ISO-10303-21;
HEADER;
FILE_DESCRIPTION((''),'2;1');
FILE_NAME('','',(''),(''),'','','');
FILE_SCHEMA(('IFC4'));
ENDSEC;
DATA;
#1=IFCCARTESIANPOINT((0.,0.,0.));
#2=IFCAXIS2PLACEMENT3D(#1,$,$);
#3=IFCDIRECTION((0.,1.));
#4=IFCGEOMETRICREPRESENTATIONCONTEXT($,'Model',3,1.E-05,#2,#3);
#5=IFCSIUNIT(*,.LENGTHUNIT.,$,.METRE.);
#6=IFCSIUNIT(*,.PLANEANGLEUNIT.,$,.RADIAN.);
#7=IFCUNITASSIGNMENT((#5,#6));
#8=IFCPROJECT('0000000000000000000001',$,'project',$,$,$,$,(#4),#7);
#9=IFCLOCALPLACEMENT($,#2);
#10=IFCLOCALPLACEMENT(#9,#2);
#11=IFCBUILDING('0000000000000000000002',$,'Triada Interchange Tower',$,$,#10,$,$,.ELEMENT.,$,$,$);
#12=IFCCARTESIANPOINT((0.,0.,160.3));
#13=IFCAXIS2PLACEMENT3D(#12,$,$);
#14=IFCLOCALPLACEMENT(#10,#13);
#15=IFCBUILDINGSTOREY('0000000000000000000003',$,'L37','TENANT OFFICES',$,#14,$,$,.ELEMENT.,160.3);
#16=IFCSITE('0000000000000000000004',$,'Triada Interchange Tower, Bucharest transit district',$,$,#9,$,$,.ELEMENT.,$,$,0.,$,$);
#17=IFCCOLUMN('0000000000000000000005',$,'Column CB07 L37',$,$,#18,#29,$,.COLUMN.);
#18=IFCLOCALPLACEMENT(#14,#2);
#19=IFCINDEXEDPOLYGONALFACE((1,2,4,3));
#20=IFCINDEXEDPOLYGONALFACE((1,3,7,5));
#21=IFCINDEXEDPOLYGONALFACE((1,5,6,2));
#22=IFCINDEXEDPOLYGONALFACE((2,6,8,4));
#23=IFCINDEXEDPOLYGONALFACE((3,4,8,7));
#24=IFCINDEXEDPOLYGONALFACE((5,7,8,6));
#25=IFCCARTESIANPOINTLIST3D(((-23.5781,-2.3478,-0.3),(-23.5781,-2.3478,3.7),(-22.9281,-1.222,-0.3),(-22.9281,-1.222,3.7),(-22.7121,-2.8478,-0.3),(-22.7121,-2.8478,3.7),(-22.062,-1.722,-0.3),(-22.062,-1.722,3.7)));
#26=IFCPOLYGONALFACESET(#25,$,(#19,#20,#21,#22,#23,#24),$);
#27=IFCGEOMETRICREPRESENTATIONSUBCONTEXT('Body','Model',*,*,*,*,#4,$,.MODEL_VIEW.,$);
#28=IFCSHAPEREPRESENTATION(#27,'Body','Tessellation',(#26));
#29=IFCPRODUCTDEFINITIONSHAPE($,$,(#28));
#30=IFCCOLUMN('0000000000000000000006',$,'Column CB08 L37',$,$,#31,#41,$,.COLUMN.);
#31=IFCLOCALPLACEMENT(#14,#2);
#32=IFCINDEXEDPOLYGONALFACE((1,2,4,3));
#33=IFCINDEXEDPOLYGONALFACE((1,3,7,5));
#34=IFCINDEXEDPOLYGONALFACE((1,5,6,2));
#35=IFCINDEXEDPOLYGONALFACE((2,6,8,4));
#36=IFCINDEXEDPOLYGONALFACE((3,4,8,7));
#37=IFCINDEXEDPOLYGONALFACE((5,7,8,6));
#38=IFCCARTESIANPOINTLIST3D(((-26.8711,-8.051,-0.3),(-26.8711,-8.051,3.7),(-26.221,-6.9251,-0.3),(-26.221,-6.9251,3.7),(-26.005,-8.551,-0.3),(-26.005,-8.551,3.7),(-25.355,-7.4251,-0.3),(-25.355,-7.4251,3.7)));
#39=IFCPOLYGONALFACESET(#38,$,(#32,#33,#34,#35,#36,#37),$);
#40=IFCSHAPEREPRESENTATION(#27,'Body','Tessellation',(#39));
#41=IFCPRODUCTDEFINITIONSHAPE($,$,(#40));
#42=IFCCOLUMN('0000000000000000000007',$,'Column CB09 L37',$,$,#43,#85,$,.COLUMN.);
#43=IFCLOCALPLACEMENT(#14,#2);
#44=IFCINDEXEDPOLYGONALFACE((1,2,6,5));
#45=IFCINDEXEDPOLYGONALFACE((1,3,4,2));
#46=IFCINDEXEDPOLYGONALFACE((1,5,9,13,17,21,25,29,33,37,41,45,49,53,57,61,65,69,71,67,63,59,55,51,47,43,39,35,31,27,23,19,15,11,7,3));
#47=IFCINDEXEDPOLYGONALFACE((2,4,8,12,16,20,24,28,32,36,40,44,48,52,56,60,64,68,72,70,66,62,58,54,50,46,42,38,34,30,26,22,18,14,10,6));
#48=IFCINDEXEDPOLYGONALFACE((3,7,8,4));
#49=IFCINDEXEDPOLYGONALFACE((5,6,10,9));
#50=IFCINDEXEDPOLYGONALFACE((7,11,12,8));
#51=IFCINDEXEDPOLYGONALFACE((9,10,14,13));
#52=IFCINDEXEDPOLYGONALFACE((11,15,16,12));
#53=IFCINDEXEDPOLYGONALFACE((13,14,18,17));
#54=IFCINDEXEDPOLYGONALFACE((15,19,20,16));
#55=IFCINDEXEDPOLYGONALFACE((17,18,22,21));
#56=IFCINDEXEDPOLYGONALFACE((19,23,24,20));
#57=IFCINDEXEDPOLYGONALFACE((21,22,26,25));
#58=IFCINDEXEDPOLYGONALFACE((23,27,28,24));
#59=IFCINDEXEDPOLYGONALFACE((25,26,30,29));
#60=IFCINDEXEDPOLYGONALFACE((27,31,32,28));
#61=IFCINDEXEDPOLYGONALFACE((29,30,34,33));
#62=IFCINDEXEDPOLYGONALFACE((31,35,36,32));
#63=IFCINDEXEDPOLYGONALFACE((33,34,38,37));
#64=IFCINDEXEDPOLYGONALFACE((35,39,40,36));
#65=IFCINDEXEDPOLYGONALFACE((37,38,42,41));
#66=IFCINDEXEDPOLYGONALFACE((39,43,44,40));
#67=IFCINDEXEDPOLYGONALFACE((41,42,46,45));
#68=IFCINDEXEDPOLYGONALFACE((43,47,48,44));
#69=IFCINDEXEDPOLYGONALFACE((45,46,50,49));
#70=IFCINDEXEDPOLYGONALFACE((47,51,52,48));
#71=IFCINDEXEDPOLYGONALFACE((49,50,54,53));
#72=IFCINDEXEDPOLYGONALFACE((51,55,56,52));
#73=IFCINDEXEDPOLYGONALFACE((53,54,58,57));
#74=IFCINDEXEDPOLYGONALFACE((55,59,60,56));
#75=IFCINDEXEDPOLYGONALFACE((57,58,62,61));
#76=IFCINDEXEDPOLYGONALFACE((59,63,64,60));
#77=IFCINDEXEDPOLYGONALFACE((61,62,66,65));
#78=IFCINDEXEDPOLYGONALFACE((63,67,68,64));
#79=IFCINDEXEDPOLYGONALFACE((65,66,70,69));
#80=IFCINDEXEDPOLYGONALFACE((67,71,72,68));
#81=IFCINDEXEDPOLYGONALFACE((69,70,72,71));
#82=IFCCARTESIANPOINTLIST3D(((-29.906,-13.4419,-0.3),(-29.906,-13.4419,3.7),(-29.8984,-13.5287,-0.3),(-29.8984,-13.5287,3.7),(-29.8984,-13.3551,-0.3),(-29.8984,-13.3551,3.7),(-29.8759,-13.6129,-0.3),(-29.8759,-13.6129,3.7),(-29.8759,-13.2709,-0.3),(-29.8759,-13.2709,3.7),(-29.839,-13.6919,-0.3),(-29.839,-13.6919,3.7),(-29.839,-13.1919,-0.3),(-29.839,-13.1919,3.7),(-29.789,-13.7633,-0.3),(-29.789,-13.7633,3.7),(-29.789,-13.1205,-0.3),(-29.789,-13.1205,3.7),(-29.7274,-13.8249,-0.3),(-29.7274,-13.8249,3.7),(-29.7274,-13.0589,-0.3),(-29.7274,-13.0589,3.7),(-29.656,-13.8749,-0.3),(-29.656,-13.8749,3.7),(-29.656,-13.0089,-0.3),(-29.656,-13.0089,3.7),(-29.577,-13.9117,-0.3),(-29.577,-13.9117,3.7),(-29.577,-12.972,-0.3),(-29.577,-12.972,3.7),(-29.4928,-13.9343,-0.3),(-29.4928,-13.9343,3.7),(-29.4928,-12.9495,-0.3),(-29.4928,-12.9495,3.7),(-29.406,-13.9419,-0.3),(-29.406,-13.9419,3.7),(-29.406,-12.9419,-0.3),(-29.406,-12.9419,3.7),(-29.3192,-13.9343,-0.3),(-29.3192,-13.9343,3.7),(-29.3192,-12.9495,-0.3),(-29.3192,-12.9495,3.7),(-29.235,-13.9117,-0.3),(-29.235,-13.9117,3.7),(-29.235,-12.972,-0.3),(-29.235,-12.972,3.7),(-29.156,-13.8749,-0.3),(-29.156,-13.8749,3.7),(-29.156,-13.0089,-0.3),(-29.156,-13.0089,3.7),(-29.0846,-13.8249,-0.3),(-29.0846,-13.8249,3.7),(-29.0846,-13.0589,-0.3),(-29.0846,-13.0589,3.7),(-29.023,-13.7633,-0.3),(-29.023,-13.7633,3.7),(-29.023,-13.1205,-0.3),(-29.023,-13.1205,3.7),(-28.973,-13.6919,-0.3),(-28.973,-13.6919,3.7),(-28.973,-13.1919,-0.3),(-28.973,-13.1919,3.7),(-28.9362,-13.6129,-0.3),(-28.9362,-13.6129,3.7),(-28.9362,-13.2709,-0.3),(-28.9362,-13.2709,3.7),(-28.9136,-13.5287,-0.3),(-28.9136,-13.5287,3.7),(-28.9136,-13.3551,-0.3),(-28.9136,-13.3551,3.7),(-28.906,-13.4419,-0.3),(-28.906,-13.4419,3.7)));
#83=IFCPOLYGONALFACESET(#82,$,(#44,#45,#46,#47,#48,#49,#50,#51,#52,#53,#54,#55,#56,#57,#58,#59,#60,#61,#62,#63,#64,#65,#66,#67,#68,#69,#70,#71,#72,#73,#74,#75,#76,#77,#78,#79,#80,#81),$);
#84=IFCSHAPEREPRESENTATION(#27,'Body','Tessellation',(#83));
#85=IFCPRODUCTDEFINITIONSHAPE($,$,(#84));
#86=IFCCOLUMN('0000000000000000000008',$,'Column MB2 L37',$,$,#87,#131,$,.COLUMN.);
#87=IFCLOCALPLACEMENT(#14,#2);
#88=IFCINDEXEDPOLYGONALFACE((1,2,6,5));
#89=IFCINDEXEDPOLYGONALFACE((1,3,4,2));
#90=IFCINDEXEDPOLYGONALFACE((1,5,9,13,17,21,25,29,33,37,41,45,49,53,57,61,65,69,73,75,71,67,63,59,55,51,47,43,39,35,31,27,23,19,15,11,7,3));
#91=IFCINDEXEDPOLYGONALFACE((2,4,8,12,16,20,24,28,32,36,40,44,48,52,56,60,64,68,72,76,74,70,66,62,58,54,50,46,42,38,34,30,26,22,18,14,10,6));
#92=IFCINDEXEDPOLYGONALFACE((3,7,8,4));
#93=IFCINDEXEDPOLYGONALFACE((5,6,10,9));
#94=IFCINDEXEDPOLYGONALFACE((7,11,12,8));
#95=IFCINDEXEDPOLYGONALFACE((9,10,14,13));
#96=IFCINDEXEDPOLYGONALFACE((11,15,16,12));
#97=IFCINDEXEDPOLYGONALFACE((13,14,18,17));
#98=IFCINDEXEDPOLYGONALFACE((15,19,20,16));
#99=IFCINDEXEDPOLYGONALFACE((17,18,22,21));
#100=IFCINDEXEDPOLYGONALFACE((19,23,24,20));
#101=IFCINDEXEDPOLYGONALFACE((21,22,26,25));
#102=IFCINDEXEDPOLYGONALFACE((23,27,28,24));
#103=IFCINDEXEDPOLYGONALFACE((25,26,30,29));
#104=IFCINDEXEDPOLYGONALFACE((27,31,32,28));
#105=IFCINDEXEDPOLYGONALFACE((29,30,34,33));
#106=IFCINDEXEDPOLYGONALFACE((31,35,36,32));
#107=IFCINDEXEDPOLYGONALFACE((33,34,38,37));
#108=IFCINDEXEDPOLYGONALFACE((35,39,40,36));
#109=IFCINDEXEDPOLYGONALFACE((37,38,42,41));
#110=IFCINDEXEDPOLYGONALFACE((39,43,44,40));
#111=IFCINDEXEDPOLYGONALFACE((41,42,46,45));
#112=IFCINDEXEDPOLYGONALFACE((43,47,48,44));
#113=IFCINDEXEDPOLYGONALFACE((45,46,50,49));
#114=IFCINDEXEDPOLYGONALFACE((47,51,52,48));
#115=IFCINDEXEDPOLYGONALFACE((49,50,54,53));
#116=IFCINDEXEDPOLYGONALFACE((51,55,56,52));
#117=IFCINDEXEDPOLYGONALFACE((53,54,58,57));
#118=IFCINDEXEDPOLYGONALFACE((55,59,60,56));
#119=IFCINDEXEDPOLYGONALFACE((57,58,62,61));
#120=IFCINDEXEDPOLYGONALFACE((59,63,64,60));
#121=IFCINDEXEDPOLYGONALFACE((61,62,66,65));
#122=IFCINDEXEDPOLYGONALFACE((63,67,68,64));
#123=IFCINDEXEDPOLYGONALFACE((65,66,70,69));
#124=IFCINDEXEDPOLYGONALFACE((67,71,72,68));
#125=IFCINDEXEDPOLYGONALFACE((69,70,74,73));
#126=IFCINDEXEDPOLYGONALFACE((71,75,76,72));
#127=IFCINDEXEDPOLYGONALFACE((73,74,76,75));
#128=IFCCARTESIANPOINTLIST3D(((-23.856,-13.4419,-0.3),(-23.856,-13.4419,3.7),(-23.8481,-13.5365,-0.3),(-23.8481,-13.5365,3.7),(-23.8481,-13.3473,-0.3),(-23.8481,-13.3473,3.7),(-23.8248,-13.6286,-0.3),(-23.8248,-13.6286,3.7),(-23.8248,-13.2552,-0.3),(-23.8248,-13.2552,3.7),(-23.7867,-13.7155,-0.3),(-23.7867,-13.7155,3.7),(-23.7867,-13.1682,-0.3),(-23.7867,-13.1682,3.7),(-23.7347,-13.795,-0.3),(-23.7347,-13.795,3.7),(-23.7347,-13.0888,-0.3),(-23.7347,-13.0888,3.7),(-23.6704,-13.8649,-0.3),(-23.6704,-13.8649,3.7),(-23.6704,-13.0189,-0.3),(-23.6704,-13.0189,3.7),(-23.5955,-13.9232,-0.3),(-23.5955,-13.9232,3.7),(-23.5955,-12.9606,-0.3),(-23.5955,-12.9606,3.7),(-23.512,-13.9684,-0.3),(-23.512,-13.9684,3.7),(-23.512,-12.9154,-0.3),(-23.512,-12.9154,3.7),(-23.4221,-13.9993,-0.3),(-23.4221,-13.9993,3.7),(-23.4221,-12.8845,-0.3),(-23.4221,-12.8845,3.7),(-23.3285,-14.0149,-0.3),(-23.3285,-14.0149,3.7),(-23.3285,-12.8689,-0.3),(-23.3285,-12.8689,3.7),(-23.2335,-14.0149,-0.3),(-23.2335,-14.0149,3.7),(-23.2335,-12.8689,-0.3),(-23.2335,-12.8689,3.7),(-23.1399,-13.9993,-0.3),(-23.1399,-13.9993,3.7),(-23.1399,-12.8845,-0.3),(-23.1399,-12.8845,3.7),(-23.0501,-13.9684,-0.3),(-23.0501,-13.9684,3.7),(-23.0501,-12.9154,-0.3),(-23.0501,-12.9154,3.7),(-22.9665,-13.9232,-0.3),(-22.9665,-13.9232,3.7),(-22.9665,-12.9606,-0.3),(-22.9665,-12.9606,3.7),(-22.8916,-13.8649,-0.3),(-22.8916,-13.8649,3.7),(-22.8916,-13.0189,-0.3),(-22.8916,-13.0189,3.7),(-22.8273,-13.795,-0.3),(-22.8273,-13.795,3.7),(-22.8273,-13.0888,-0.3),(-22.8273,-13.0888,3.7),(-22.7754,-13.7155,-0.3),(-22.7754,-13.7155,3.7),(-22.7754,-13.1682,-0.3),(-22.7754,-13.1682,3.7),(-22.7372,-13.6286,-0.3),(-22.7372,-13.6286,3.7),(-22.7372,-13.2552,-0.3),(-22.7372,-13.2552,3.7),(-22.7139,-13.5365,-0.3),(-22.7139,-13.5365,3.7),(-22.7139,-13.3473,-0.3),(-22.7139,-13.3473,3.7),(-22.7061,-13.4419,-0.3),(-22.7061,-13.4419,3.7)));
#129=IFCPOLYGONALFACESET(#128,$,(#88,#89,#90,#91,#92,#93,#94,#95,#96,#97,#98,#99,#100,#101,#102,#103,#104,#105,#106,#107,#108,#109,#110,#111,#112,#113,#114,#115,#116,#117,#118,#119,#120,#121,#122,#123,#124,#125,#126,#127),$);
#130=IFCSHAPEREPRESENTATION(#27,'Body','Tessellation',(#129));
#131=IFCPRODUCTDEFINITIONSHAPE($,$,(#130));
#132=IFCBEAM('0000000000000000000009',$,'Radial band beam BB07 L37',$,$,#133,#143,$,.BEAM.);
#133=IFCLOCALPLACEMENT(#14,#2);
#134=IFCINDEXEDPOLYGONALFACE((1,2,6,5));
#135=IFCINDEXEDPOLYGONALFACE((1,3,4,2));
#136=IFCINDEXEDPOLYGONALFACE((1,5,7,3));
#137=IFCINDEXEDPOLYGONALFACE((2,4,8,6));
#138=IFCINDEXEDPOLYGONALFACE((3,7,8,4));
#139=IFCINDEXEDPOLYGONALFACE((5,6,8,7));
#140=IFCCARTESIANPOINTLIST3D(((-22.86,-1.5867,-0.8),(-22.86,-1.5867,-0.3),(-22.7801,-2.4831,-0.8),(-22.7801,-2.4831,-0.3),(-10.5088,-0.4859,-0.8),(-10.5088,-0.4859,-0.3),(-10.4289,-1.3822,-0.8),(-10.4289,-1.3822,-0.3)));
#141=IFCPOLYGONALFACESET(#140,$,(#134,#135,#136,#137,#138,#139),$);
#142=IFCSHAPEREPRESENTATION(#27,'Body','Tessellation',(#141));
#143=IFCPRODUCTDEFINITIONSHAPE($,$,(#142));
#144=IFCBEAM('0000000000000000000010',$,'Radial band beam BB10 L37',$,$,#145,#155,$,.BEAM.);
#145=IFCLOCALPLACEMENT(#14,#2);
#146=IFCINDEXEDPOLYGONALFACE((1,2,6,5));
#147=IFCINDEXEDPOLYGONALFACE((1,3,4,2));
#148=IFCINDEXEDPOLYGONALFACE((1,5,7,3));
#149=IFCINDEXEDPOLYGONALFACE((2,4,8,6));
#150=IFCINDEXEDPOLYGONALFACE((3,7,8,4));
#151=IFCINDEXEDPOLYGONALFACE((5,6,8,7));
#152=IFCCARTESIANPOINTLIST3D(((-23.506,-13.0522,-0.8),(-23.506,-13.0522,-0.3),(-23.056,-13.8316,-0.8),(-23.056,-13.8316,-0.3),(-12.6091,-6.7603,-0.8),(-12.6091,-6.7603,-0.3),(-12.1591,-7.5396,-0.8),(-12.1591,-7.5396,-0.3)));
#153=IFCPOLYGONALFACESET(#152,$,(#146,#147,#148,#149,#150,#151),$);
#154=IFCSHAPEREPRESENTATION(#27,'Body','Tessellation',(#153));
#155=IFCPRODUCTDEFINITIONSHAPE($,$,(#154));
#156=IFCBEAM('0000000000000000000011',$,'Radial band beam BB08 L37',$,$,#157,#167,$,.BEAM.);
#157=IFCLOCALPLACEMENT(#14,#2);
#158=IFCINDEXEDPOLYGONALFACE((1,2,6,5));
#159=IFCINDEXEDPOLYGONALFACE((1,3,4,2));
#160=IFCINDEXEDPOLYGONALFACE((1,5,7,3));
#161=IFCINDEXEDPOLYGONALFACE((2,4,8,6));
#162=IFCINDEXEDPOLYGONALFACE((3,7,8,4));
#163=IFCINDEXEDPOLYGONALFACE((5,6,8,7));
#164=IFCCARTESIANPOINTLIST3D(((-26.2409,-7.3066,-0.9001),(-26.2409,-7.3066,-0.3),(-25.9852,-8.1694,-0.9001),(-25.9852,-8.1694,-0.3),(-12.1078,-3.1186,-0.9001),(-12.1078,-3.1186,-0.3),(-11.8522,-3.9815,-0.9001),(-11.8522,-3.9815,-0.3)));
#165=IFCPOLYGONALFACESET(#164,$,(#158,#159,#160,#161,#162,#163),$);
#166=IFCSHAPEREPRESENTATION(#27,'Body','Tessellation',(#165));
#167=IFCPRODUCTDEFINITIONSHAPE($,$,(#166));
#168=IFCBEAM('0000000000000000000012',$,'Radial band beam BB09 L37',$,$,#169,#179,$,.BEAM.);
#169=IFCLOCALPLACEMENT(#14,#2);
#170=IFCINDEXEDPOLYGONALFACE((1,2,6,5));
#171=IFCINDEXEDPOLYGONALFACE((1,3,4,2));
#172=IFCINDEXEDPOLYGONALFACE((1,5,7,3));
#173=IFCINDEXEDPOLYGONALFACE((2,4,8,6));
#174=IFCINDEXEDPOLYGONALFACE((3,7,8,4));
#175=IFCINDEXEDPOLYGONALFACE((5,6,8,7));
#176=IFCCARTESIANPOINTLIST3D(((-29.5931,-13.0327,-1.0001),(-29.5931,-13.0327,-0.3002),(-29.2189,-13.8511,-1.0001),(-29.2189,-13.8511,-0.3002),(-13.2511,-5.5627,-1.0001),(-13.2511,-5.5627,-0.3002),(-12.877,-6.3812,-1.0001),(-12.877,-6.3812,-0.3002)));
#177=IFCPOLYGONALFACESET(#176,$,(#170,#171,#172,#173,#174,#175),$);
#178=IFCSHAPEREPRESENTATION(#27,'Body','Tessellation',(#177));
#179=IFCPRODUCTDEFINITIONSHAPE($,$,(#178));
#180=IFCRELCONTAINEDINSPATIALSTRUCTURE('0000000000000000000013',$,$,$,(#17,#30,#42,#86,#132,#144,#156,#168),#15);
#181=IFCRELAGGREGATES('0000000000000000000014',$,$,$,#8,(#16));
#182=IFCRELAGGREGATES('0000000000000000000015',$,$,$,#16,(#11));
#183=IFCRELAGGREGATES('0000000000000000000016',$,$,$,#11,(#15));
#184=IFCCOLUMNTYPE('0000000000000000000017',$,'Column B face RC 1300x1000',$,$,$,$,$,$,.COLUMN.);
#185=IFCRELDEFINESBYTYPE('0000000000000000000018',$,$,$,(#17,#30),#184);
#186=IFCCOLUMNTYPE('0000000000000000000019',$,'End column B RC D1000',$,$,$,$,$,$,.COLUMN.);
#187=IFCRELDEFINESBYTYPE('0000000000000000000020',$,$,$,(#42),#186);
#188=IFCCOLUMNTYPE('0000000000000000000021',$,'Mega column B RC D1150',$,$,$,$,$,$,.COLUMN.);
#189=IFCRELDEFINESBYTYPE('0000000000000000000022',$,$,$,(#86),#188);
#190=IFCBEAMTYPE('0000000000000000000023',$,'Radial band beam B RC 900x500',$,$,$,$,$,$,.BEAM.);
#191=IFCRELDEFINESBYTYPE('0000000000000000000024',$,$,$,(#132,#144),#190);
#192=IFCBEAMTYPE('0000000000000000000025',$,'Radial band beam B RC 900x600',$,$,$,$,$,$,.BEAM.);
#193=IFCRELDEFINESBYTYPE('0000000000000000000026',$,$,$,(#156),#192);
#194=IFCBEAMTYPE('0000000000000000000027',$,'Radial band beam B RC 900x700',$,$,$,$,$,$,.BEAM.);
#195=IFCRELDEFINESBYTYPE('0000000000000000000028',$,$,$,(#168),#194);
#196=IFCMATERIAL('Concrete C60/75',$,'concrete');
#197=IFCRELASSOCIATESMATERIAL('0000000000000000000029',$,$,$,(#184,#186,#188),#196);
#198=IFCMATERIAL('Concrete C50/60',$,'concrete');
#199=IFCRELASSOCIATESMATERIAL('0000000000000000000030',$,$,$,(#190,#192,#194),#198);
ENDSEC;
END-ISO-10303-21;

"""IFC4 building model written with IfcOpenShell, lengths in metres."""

from ifc_helpers import new_model, si_unit, direction, frame, origin, origin_2d, place, context, subcontext, project, spatial, rectangle, circle, extrude, material, material_profile, profile_set, type_object, element, save


model = new_model("IFC4")

# Units and contexts
model_context = context("Model", 3, precision=1e-05, world=origin(), true_north=direction((0.0, 1.0)))
body_context = subcontext(model_context, "Body", "Model", "MODEL_VIEW")
ifc_project = project(units=[si_unit("LENGTHUNIT", "METRE"), si_unit("PLANEANGLEUNIT", "RADIAN")], contexts=[model_context])

# Site, building, storey
site_placement = place(None, origin())
site = spatial("IfcSite", under=ifc_project, at=site_placement, Name="Triada Interchange Tower, Bucharest transit district", CompositionType="ELEMENT", RefElevation=0.0)
building_placement = place(site_placement, origin())
building = spatial("IfcBuilding", under=site, at=building_placement, Name="Triada Interchange Tower", CompositionType="ELEMENT")
storey_placement = place(building_placement, frame((0.0, 0.0, 160.3)))
storey = spatial("IfcBuildingStorey", under=building, at=storey_placement, Name="L37", Description="TENANT OFFICES", CompositionType="ELEMENT", Elevation=160.3)

# Columns
ifc_material_1 = material(Name="Concrete C60/75", Category="concrete")
ifc_material_profile_1 = material_profile(ifc_material_1, rectangle(XDim=1.3, YDim=1.0, at=origin_2d()), Name="RC 1300x1000")
ifc_profile_set_1 = profile_set([ifc_material_profile_1], Name="Concrete C60/75")
column_type_1 = type_object("IfcColumnType", Name="Column B face RC 1300x1000", PredefinedType="COLUMN", material=ifc_profile_set_1)
for number, where, z_axis, x_axis, name in (
    (1, (-22.8201, -2.0349, -0.3), (0.0, 0.0, 1.0), (0.5, 0.866025, 0.0), "Column CB07 L37"),
    (2, (-26.113, -7.738, -0.3), (0.0, 0.0, 1.0), (0.5, 0.866025, 0.0), "Column CB08 L37"),
):
    element("IfcColumn", number, at=place(storey_placement, frame(where, z_axis=z_axis, x_axis=x_axis)), inside=storey, type_object=column_type_1, Name=name, PredefinedType="COLUMN", context=body_context, shape_type="SweptSolid", body=[
        extrude(rectangle(XDim=1.3, YDim=1.0, at=origin_2d()), origin(), (0.0, 0.0, 1.0), 4.0),
    ])
ifc_material_profile_2 = material_profile(ifc_material_1, circle(Radius=0.5, at=origin_2d()), Name="RC D1000")
ifc_profile_set_2 = profile_set([ifc_material_profile_2], Name="Concrete C60/75")
column_type_2 = type_object("IfcColumnType", Name="End column B RC D1000", PredefinedType="COLUMN", material=ifc_profile_set_2)
column_1_placement = place(storey_placement, frame((-29.406, -13.4419, -0.3), z_axis=(0.0, 0.0, 1.0), x_axis=(0.5, 0.866025, 0.0)))
element("IfcColumn", 3, at=column_1_placement, inside=storey, type_object=column_type_2, Name="Column CB09 L37", PredefinedType="COLUMN", context=body_context, shape_type="SweptSolid", body=[
    extrude(circle(Radius=0.5, at=origin_2d()), origin(), (0.0, 0.0, 1.0), 4.0),
])
ifc_material_profile_3 = material_profile(ifc_material_1, circle(Radius=0.575, at=origin_2d()), Name="RC D1150")
ifc_profile_set_3 = profile_set([ifc_material_profile_3], Name="Concrete C60/75")
column_type_3 = type_object("IfcColumnType", Name="Mega column B RC D1150", PredefinedType="COLUMN", material=ifc_profile_set_3)
column_2_placement = place(storey_placement, frame((-23.281, -13.4419, -0.3), z_axis=(0.0, 0.0, 1.0), x_axis=(1.0, 0.0, 0.0)))
element("IfcColumn", 4, at=column_2_placement, inside=storey, type_object=column_type_3, Name="Column MB2 L37", PredefinedType="COLUMN", context=body_context, shape_type="SweptSolid", body=[
    extrude(circle(Radius=0.575, at=origin_2d()), origin(), (0.0, 0.0, 1.0), 4.0),
])

# Beams
ifc_material_2 = material(Name="Concrete C50/60", Category="concrete")
ifc_material_profile_4 = material_profile(ifc_material_2, rectangle(XDim=0.8999, YDim=0.5, at=origin_2d()), Name="RC 900x500")
ifc_profile_set_4 = profile_set([ifc_material_profile_4], Name="Concrete C50/60")
beam_type_1 = type_object("IfcBeamType", Name="Radial band beam B RC 900x500", PredefinedType="BEAM", material=ifc_profile_set_4)
beam_1_placement = place(storey_placement, frame((-22.8201, -2.0349, -0.55), z_axis=(0.996052, 0.088776, 0.0), x_axis=(-0.088776, 0.996052, 0.0)))
element("IfcBeam", 5, at=beam_1_placement, inside=storey, type_object=beam_type_1, Name="Radial band beam BB07 L37", PredefinedType="BEAM", context=body_context, shape_type="SweptSolid", body=[
    extrude(rectangle(XDim=0.8999, YDim=0.5, at=origin_2d()), origin(), (0.0, 0.0, 1.0), 12.4001),
])
beam_2_placement = place(storey_placement, frame((-23.281, -13.4419, -0.55), z_axis=(0.866004, 0.500037, 0.0), x_axis=(-0.500037, 0.866004, 0.0)))
element("IfcBeam", 6, at=beam_2_placement, inside=storey, type_object=beam_type_1, Name="Radial band beam BB10 L37", PredefinedType="BEAM", context=body_context, shape_type="SweptSolid", body=[
    extrude(rectangle(XDim=0.8999, YDim=0.5, at=origin_2d()), origin(), (0.0, 0.0, 1.0), 12.583),
])
ifc_material_profile_5 = material_profile(ifc_material_2, rectangle(XDim=0.8999, YDim=0.6001, at=origin_2d()), Name="RC 900x600")
ifc_profile_set_5 = profile_set([ifc_material_profile_5], Name="Concrete C50/60")
beam_type_2 = type_object("IfcBeamType", Name="Radial band beam B RC 900x600", PredefinedType="BEAM", material=ifc_profile_set_5)
beam_3_placement = place(storey_placement, frame((-26.113, -7.738, -0.6001), z_axis=(0.95879, 0.284114, 0.0), x_axis=(-0.284114, 0.95879, 0.0)))
element("IfcBeam", 7, at=beam_3_placement, inside=storey, type_object=beam_type_2, Name="Radial band beam BB08 L37", PredefinedType="BEAM", context=body_context, shape_type="SweptSolid", body=[
    extrude(rectangle(XDim=0.8999, YDim=0.6001, at=origin_2d()), origin(), (0.0, 0.0, 1.0), 14.7405),
])
ifc_material_profile_6 = material_profile(ifc_material_2, rectangle(XDim=0.8999, YDim=0.7, at=origin_2d()), Name="RC 900x700")
ifc_profile_set_6 = profile_set([ifc_material_profile_6], Name="Concrete C50/60")
beam_type_3 = type_object("IfcBeamType", Name="Radial band beam B RC 900x700", PredefinedType="BEAM", material=ifc_profile_set_6)
beam_4_placement = place(storey_placement, frame((-29.406, -13.4419, -0.6501), z_axis=(0.909489, 0.415729, 0.0), x_axis=(-0.415729, 0.909489, 0.0)))
element("IfcBeam", 8, at=beam_4_placement, inside=storey, type_object=beam_type_3, Name="Radial band beam BB09 L37", PredefinedType="BEAM", context=body_context, shape_type="SweptSolid", body=[
    extrude(rectangle(XDim=0.8999, YDim=0.7, at=origin_2d()), origin(), (0.0, 0.0, 1.0), 17.9683),
])

save(model, "model.ifc")
